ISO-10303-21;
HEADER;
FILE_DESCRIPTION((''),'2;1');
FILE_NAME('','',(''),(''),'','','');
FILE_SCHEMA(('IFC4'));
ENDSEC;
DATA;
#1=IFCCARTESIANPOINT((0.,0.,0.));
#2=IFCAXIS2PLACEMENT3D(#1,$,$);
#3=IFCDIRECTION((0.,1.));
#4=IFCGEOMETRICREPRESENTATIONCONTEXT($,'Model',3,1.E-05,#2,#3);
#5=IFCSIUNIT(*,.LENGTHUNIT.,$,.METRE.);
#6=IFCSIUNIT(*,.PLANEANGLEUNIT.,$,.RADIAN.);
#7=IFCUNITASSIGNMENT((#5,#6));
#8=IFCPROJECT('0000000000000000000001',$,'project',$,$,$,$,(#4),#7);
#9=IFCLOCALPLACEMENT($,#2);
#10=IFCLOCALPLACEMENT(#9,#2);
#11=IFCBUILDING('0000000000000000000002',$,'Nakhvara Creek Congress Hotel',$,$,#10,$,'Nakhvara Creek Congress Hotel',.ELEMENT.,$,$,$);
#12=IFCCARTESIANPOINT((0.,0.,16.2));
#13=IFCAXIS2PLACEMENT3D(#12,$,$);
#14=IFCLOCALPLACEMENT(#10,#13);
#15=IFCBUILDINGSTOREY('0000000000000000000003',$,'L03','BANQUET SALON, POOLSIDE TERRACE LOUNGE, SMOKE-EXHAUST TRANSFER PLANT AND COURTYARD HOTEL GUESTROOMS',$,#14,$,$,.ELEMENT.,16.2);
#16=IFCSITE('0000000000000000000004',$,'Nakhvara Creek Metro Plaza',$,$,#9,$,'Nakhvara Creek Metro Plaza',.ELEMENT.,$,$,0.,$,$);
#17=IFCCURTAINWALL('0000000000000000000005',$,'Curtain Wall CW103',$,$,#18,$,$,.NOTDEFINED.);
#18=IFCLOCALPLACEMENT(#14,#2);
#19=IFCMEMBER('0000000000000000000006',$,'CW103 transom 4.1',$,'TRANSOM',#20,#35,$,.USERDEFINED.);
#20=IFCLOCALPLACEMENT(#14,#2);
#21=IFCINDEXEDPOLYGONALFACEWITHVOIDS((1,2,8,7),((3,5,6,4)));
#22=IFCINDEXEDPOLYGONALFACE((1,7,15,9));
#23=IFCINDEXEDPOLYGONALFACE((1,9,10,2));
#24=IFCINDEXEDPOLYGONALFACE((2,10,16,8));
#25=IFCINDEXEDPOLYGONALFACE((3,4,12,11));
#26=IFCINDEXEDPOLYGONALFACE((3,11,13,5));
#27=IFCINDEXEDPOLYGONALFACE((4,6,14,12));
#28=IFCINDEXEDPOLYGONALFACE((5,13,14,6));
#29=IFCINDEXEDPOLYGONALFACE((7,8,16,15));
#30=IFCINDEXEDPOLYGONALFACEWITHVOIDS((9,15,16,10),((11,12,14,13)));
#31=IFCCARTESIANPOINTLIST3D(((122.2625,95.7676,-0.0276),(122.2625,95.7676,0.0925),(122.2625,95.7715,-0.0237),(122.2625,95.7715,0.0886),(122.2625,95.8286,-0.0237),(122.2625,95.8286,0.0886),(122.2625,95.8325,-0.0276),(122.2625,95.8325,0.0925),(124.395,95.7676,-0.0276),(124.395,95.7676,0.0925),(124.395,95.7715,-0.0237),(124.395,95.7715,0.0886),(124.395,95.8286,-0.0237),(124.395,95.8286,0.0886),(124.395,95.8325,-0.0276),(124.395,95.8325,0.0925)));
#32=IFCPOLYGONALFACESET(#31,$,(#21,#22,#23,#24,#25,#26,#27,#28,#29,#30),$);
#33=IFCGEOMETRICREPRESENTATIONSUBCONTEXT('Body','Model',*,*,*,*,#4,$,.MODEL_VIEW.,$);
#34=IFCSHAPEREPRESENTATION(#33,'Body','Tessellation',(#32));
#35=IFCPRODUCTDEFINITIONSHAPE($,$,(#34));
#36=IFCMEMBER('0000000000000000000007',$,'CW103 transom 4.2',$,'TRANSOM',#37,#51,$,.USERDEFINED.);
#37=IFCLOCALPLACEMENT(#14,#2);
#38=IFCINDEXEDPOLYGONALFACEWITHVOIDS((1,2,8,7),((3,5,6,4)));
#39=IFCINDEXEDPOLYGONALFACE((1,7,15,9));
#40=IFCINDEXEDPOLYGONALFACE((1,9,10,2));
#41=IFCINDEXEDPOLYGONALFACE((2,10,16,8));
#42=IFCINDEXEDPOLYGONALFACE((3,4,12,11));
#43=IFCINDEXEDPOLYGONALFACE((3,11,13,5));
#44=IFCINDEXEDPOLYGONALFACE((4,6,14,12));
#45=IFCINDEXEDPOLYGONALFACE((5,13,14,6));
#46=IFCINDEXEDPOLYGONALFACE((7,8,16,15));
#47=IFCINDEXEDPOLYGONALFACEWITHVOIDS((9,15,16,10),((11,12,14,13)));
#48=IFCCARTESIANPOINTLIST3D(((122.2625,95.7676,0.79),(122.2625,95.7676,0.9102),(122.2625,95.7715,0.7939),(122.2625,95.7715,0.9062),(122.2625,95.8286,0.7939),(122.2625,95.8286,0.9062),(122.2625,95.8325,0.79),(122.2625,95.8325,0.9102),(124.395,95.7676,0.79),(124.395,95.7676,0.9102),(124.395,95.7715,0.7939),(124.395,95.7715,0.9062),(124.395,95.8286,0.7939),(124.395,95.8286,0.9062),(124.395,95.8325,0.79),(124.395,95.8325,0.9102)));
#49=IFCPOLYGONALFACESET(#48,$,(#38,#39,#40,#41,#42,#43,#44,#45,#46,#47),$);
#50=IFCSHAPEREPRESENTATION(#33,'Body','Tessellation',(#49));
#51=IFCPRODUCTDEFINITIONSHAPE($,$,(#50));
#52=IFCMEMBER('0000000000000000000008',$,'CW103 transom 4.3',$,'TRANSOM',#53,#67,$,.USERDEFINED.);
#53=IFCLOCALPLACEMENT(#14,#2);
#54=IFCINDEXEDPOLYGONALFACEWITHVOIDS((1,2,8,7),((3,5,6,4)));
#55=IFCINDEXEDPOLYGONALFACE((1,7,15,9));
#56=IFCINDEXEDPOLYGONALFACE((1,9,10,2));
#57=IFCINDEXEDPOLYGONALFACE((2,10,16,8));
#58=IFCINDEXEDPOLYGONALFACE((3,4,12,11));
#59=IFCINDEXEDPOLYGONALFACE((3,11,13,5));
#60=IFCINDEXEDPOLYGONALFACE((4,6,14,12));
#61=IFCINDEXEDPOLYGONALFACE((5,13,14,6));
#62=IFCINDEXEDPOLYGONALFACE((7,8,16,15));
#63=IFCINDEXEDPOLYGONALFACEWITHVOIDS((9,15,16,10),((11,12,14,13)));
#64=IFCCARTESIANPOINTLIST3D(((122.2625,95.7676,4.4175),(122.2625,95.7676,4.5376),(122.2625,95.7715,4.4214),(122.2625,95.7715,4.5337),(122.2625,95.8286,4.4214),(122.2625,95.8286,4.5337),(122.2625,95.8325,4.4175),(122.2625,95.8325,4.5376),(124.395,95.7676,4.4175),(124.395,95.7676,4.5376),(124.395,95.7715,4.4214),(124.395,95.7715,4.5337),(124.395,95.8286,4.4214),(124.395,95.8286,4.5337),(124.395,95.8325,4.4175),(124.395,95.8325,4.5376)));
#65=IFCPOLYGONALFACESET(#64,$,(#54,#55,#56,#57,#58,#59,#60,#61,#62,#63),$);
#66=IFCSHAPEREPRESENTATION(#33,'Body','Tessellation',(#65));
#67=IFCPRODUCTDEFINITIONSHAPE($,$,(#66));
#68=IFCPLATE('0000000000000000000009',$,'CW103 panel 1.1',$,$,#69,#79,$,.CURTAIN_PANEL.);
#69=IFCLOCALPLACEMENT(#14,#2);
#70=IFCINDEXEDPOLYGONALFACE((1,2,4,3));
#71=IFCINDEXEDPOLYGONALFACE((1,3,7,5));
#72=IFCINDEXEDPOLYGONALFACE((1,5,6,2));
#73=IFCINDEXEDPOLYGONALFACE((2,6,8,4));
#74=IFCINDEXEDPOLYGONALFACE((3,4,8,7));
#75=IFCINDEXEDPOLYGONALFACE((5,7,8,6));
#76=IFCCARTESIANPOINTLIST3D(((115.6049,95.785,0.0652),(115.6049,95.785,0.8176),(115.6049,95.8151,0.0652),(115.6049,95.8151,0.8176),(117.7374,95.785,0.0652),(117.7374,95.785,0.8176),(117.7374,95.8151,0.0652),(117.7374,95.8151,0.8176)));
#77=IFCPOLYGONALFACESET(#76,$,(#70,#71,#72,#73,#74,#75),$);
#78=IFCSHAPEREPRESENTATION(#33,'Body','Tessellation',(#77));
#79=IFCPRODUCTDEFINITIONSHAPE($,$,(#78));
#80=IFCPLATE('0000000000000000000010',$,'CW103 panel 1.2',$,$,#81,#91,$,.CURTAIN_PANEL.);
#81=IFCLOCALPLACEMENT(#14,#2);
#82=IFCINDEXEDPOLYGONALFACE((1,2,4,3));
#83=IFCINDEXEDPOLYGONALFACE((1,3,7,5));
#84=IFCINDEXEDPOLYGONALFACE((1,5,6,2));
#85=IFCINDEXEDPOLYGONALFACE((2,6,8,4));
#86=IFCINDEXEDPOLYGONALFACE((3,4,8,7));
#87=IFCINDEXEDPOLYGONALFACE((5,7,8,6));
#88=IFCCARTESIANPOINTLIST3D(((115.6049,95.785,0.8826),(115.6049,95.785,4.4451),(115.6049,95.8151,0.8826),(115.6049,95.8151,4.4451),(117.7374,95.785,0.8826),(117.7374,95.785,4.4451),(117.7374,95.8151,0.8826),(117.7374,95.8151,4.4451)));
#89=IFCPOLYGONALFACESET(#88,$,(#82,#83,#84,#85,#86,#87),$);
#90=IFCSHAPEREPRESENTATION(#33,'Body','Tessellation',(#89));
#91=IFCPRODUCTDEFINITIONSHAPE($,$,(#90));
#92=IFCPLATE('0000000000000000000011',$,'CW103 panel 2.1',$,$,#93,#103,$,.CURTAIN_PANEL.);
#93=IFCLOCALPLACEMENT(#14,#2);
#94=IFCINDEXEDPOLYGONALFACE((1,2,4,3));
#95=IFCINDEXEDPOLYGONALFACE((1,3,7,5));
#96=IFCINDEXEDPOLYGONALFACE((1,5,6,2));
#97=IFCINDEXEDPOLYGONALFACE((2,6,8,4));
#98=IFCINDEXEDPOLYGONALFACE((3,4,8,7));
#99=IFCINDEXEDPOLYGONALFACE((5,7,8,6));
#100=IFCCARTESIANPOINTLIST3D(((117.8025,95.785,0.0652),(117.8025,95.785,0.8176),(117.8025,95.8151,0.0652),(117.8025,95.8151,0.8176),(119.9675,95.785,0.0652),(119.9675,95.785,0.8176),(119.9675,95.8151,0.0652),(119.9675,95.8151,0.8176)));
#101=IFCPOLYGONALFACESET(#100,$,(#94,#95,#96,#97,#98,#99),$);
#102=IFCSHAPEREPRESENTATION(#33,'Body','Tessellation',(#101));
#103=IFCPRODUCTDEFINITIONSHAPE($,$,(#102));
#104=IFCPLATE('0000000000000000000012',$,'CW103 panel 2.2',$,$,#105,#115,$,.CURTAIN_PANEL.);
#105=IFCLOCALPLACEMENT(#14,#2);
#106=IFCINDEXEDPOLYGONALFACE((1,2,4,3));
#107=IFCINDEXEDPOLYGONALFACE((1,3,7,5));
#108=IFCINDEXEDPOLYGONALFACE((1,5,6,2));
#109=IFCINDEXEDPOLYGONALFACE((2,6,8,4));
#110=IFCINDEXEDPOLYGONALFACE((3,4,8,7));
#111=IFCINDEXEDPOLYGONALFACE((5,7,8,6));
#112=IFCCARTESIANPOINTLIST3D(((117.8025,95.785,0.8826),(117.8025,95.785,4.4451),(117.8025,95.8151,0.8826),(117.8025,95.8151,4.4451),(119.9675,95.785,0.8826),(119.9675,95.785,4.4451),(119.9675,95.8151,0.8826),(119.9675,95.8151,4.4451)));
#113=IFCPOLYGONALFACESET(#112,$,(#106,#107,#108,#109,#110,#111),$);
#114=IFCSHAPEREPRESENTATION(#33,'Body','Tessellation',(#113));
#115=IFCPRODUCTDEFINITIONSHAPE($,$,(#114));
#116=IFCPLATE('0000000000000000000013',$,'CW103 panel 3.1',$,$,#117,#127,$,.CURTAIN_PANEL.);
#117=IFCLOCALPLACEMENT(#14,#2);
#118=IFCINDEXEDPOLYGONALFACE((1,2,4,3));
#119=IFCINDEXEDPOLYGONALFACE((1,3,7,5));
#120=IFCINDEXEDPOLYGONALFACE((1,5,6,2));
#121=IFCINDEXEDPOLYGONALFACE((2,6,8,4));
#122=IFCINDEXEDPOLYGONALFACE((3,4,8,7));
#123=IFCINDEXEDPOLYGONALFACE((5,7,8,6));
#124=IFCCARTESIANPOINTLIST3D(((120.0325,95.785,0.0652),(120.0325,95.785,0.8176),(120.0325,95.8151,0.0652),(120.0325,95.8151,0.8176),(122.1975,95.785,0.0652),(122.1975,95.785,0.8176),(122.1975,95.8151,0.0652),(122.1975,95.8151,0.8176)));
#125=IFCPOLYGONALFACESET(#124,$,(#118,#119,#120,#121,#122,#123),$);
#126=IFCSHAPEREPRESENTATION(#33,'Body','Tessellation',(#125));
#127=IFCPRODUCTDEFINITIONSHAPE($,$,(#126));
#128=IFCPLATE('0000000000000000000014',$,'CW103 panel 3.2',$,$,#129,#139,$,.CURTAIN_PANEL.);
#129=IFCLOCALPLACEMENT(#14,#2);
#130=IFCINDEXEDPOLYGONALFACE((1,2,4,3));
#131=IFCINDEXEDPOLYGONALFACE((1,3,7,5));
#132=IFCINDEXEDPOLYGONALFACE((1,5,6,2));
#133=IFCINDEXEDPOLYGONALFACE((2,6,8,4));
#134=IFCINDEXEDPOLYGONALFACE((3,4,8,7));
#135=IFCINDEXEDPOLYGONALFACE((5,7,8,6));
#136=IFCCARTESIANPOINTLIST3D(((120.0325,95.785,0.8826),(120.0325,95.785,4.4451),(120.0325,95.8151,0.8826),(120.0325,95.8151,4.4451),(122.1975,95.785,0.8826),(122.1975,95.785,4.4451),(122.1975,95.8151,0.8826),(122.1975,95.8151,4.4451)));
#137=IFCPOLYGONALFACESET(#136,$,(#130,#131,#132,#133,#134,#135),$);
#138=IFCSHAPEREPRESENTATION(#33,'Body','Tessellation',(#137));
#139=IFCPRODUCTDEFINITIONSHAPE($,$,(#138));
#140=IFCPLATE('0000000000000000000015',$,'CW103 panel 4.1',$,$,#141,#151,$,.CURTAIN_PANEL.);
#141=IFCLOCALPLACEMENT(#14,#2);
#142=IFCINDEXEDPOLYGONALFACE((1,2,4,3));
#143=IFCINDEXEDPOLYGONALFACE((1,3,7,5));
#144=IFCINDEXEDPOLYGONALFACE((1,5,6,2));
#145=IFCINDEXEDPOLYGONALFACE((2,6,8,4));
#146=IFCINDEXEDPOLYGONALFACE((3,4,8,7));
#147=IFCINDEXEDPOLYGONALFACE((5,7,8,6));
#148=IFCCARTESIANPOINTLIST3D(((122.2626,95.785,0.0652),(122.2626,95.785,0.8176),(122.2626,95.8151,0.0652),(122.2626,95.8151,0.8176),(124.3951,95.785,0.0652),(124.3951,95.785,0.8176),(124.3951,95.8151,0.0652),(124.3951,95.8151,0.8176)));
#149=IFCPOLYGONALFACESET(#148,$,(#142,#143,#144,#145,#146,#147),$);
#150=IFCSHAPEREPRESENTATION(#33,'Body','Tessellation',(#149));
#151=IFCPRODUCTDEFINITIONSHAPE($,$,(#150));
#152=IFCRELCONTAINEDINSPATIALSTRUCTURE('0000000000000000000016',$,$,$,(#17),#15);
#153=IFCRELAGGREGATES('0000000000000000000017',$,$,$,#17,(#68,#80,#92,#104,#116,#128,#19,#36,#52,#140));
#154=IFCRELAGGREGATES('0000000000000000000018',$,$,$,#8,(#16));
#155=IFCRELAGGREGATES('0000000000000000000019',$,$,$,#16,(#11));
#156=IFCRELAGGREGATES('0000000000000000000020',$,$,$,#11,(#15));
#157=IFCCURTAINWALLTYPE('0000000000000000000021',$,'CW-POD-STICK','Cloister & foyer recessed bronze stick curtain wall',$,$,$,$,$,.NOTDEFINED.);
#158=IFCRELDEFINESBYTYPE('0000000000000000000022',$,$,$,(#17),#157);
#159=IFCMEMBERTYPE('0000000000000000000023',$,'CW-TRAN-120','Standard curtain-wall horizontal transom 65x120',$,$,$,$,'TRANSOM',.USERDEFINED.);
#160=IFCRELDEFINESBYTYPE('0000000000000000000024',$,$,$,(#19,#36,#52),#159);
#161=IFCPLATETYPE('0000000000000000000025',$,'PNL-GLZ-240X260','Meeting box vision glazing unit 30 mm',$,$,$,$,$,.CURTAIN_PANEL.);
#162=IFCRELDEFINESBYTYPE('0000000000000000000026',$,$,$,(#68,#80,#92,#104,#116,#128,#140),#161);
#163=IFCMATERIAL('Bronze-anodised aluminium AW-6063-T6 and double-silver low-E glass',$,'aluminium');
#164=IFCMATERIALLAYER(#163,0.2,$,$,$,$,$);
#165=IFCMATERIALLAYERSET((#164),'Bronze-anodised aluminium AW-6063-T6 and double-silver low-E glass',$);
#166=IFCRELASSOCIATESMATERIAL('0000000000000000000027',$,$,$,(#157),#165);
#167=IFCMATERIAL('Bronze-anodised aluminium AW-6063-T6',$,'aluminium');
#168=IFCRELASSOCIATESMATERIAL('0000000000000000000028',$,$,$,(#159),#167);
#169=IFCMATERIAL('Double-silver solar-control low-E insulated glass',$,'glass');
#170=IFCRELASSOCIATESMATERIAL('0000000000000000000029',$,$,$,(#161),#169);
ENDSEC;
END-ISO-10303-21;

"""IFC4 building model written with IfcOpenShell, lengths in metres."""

from ifc_helpers import new_model, si_unit, direction, frame, origin, origin_2d, place, context, subcontext, project, spatial, rectangle, hollow_rectangle, extrude, material, layer, layer_set, material_profile, profile_set, type_object, element, aggregate, save


model = new_model("IFC4")

# Units and contexts
model_context = context("Model", 3, precision=1e-05, world=origin(), true_north=direction((0.0, 1.0)))
body_context = subcontext(model_context, "Body", "Model", "MODEL_VIEW")
ifc_project = project(units=[si_unit("LENGTHUNIT", "METRE"), si_unit("PLANEANGLEUNIT", "RADIAN")], contexts=[model_context])

# Site, building, storey
site_placement = place(None, origin())
site = spatial("IfcSite", under=ifc_project, at=site_placement, Name="Nakhvara Creek Metro Plaza", LongName="Nakhvara Creek Metro Plaza", CompositionType="ELEMENT", RefElevation=0.0)
building_placement = place(site_placement, origin())
building = spatial("IfcBuilding", under=site, at=building_placement, Name="Nakhvara Creek Congress Hotel", LongName="Nakhvara Creek Congress Hotel", CompositionType="ELEMENT")
storey_placement = place(building_placement, frame((0.0, 0.0, 16.2)))
storey = spatial("IfcBuildingStorey", under=building, at=storey_placement, Name="L03", Description="BANQUET SALON, POOLSIDE TERRACE LOUNGE, SMOKE-EXHAUST TRANSFER PLANT AND COURTYARD HOTEL GUESTROOMS", CompositionType="ELEMENT", Elevation=16.2)

# Curtain wall, members, plates
ifc_material_1 = material(Name="Bronze-anodised aluminium AW-6063-T6 and double-silver low-E glass", Category="aluminium")
ifc_layer = layer(ifc_material_1, 0.2)
ifc_layer_set = layer_set([ifc_layer], Name="Bronze-anodised aluminium AW-6063-T6 and double-silver low-E glass")
curtain_wall_type = type_object("IfcCurtainWallType", Name="CW-POD-STICK", Description="Cloister & foyer recessed bronze stick curtain wall", PredefinedType="NOTDEFINED", material=ifc_layer_set)
curtain_wall_placement = place(storey_placement, origin())
curtain_wall = element("IfcCurtainWall", 1, at=curtain_wall_placement, inside=storey, type_object=curtain_wall_type, Name="Curtain Wall CW103", PredefinedType="NOTDEFINED")
ifc_material_2 = material(Name="Bronze-anodised aluminium AW-6063-T6", Category="aluminium")
ifc_material_profile_1 = material_profile(ifc_material_2, hollow_rectangle(XDim=0.0649, YDim=0.1201, WallThickness=0.0039, at=origin_2d()), Name="ALU-TRAN 65x120x4", Category="LoadBearing")
ifc_profile_set_1 = profile_set([ifc_material_profile_1], Name="Bronze-anodised aluminium AW-6063-T6")
member_type_1 = type_object("IfcMemberType", Name="CW-TRAN-120", Description="Standard curtain-wall horizontal transom 65x120", ElementType="TRANSOM", PredefinedType="USERDEFINED", material=ifc_profile_set_1)
member_1_placement = place(storey_placement, frame((122.2625, 95.8, 0.0325), z_axis=(1.0, 0.0, 0.0), x_axis=(0.0, 1.0, 0.0)))
member_1 = element("IfcMember", 2, at=member_1_placement, type_object=member_type_1, Name="CW103 transom 4.1", ObjectType="TRANSOM", PredefinedType="USERDEFINED", context=body_context, shape_type="SweptSolid", body=[
    extrude(hollow_rectangle(XDim=0.0649, YDim=0.1201, WallThickness=0.0039, at=origin_2d()), origin(), (0.0, 0.0, 1.0), 2.1326),
])
member_2_placement = place(storey_placement, frame((122.2625, 95.8, 0.8501), z_axis=(1.0, 0.0, 0.0), x_axis=(0.0, 1.0, 0.0)))
member_2 = element("IfcMember", 3, at=member_2_placement, type_object=member_type_1, Name="CW103 transom 4.2", ObjectType="TRANSOM", PredefinedType="USERDEFINED", context=body_context, shape_type="SweptSolid", body=[
    extrude(hollow_rectangle(XDim=0.0649, YDim=0.1201, WallThickness=0.0039, at=origin_2d()), origin(), (0.0, 0.0, 1.0), 2.1326),
])
member_3_placement = place(storey_placement, frame((122.2625, 95.8, 4.4775), z_axis=(1.0, 0.0, 0.0), x_axis=(0.0, 1.0, 0.0)))
member_3 = element("IfcMember", 4, at=member_3_placement, type_object=member_type_1, Name="CW103 transom 4.3", ObjectType="TRANSOM", PredefinedType="USERDEFINED", context=body_context, shape_type="SweptSolid", body=[
    extrude(hollow_rectangle(XDim=0.0649, YDim=0.1201, WallThickness=0.0039, at=origin_2d()), origin(), (0.0, 0.0, 1.0), 2.1326),
])
ifc_material_3 = material(Name="Double-silver solar-control low-E insulated glass", Category="glass")
plate_type = type_object("IfcPlateType", Name="PNL-GLZ-240X260", Description="Meeting box vision glazing unit 30 mm", PredefinedType="CURTAIN_PANEL", material=ifc_material_3)
plate_1_placement = place(storey_placement, frame((116.6711, 95.8, 0.0652), z_axis=(0.0, 0.0, 1.0), x_axis=(1.0, 0.0, 0.0)))
plate_1 = element("IfcPlate", 5, at=plate_1_placement, type_object=plate_type, Name="CW103 panel 1.1", PredefinedType="CURTAIN_PANEL", context=body_context, shape_type="SweptSolid", body=[
    extrude(rectangle(XDim=2.1326, YDim=0.03, at=origin_2d()), origin(), (0.0, 0.0, 1.0), 0.7524),
])
plate_2_placement = place(storey_placement, frame((116.6711, 95.8, 0.8826), z_axis=(0.0, 0.0, 1.0), x_axis=(1.0, 0.0, 0.0)))
plate_2 = element("IfcPlate", 6, at=plate_2_placement, type_object=plate_type, Name="CW103 panel 1.2", PredefinedType="CURTAIN_PANEL", context=body_context, shape_type="SweptSolid", body=[
    extrude(rectangle(XDim=2.1326, YDim=0.03, at=origin_2d()), origin(), (0.0, 0.0, 1.0), 3.5625),
])
plate_3_placement = place(storey_placement, frame((118.885, 95.8, 0.0652), z_axis=(0.0, 0.0, 1.0), x_axis=(1.0, 0.0, 0.0)))
plate_3 = element("IfcPlate", 7, at=plate_3_placement, type_object=plate_type, Name="CW103 panel 2.1", PredefinedType="CURTAIN_PANEL", context=body_context, shape_type="SweptSolid", body=[
    extrude(rectangle(XDim=2.165, YDim=0.03, at=origin_2d()), origin(), (0.0, 0.0, 1.0), 0.7524),
])
plate_4_placement = place(storey_placement, frame((118.885, 95.8, 0.8826), z_axis=(0.0, 0.0, 1.0), x_axis=(1.0, 0.0, 0.0)))
plate_4 = element("IfcPlate", 8, at=plate_4_placement, type_object=plate_type, Name="CW103 panel 2.2", PredefinedType="CURTAIN_PANEL", context=body_context, shape_type="SweptSolid", body=[
    extrude(rectangle(XDim=2.165, YDim=0.03, at=origin_2d()), origin(), (0.0, 0.0, 1.0), 3.5625),
])
plate_5_placement = place(storey_placement, frame((121.115, 95.8, 0.0652), z_axis=(0.0, 0.0, 1.0), x_axis=(1.0, 0.0, 0.0)))
plate_5 = element("IfcPlate", 9, at=plate_5_placement, type_object=plate_type, Name="CW103 panel 3.1", PredefinedType="CURTAIN_PANEL", context=body_context, shape_type="SweptSolid", body=[
    extrude(rectangle(XDim=2.165, YDim=0.03, at=origin_2d()), origin(), (0.0, 0.0, 1.0), 0.7524),
])
plate_6_placement = place(storey_placement, frame((121.115, 95.8, 0.8826), z_axis=(0.0, 0.0, 1.0), x_axis=(1.0, 0.0, 0.0)))
plate_6 = element("IfcPlate", 10, at=plate_6_placement, type_object=plate_type, Name="CW103 panel 3.2", PredefinedType="CURTAIN_PANEL", context=body_context, shape_type="SweptSolid", body=[
    extrude(rectangle(XDim=2.165, YDim=0.03, at=origin_2d()), origin(), (0.0, 0.0, 1.0), 3.5625),
])
plate_7_placement = place(storey_placement, frame((123.3289, 95.8, 0.0652), z_axis=(0.0, 0.0, 1.0), x_axis=(1.0, 0.0, 0.0)))
plate_7 = element("IfcPlate", 11, at=plate_7_placement, type_object=plate_type, Name="CW103 panel 4.1", PredefinedType="CURTAIN_PANEL", context=body_context, shape_type="SweptSolid", body=[
    extrude(rectangle(XDim=2.1326, YDim=0.03, at=origin_2d()), origin(), (0.0, 0.0, 1.0), 0.7524),
])
aggregate(curtain_wall, [plate_1, plate_2, plate_3, plate_4, plate_5, plate_6, member_1, member_2, member_3, plate_7])

save(model, "model.ifc")
